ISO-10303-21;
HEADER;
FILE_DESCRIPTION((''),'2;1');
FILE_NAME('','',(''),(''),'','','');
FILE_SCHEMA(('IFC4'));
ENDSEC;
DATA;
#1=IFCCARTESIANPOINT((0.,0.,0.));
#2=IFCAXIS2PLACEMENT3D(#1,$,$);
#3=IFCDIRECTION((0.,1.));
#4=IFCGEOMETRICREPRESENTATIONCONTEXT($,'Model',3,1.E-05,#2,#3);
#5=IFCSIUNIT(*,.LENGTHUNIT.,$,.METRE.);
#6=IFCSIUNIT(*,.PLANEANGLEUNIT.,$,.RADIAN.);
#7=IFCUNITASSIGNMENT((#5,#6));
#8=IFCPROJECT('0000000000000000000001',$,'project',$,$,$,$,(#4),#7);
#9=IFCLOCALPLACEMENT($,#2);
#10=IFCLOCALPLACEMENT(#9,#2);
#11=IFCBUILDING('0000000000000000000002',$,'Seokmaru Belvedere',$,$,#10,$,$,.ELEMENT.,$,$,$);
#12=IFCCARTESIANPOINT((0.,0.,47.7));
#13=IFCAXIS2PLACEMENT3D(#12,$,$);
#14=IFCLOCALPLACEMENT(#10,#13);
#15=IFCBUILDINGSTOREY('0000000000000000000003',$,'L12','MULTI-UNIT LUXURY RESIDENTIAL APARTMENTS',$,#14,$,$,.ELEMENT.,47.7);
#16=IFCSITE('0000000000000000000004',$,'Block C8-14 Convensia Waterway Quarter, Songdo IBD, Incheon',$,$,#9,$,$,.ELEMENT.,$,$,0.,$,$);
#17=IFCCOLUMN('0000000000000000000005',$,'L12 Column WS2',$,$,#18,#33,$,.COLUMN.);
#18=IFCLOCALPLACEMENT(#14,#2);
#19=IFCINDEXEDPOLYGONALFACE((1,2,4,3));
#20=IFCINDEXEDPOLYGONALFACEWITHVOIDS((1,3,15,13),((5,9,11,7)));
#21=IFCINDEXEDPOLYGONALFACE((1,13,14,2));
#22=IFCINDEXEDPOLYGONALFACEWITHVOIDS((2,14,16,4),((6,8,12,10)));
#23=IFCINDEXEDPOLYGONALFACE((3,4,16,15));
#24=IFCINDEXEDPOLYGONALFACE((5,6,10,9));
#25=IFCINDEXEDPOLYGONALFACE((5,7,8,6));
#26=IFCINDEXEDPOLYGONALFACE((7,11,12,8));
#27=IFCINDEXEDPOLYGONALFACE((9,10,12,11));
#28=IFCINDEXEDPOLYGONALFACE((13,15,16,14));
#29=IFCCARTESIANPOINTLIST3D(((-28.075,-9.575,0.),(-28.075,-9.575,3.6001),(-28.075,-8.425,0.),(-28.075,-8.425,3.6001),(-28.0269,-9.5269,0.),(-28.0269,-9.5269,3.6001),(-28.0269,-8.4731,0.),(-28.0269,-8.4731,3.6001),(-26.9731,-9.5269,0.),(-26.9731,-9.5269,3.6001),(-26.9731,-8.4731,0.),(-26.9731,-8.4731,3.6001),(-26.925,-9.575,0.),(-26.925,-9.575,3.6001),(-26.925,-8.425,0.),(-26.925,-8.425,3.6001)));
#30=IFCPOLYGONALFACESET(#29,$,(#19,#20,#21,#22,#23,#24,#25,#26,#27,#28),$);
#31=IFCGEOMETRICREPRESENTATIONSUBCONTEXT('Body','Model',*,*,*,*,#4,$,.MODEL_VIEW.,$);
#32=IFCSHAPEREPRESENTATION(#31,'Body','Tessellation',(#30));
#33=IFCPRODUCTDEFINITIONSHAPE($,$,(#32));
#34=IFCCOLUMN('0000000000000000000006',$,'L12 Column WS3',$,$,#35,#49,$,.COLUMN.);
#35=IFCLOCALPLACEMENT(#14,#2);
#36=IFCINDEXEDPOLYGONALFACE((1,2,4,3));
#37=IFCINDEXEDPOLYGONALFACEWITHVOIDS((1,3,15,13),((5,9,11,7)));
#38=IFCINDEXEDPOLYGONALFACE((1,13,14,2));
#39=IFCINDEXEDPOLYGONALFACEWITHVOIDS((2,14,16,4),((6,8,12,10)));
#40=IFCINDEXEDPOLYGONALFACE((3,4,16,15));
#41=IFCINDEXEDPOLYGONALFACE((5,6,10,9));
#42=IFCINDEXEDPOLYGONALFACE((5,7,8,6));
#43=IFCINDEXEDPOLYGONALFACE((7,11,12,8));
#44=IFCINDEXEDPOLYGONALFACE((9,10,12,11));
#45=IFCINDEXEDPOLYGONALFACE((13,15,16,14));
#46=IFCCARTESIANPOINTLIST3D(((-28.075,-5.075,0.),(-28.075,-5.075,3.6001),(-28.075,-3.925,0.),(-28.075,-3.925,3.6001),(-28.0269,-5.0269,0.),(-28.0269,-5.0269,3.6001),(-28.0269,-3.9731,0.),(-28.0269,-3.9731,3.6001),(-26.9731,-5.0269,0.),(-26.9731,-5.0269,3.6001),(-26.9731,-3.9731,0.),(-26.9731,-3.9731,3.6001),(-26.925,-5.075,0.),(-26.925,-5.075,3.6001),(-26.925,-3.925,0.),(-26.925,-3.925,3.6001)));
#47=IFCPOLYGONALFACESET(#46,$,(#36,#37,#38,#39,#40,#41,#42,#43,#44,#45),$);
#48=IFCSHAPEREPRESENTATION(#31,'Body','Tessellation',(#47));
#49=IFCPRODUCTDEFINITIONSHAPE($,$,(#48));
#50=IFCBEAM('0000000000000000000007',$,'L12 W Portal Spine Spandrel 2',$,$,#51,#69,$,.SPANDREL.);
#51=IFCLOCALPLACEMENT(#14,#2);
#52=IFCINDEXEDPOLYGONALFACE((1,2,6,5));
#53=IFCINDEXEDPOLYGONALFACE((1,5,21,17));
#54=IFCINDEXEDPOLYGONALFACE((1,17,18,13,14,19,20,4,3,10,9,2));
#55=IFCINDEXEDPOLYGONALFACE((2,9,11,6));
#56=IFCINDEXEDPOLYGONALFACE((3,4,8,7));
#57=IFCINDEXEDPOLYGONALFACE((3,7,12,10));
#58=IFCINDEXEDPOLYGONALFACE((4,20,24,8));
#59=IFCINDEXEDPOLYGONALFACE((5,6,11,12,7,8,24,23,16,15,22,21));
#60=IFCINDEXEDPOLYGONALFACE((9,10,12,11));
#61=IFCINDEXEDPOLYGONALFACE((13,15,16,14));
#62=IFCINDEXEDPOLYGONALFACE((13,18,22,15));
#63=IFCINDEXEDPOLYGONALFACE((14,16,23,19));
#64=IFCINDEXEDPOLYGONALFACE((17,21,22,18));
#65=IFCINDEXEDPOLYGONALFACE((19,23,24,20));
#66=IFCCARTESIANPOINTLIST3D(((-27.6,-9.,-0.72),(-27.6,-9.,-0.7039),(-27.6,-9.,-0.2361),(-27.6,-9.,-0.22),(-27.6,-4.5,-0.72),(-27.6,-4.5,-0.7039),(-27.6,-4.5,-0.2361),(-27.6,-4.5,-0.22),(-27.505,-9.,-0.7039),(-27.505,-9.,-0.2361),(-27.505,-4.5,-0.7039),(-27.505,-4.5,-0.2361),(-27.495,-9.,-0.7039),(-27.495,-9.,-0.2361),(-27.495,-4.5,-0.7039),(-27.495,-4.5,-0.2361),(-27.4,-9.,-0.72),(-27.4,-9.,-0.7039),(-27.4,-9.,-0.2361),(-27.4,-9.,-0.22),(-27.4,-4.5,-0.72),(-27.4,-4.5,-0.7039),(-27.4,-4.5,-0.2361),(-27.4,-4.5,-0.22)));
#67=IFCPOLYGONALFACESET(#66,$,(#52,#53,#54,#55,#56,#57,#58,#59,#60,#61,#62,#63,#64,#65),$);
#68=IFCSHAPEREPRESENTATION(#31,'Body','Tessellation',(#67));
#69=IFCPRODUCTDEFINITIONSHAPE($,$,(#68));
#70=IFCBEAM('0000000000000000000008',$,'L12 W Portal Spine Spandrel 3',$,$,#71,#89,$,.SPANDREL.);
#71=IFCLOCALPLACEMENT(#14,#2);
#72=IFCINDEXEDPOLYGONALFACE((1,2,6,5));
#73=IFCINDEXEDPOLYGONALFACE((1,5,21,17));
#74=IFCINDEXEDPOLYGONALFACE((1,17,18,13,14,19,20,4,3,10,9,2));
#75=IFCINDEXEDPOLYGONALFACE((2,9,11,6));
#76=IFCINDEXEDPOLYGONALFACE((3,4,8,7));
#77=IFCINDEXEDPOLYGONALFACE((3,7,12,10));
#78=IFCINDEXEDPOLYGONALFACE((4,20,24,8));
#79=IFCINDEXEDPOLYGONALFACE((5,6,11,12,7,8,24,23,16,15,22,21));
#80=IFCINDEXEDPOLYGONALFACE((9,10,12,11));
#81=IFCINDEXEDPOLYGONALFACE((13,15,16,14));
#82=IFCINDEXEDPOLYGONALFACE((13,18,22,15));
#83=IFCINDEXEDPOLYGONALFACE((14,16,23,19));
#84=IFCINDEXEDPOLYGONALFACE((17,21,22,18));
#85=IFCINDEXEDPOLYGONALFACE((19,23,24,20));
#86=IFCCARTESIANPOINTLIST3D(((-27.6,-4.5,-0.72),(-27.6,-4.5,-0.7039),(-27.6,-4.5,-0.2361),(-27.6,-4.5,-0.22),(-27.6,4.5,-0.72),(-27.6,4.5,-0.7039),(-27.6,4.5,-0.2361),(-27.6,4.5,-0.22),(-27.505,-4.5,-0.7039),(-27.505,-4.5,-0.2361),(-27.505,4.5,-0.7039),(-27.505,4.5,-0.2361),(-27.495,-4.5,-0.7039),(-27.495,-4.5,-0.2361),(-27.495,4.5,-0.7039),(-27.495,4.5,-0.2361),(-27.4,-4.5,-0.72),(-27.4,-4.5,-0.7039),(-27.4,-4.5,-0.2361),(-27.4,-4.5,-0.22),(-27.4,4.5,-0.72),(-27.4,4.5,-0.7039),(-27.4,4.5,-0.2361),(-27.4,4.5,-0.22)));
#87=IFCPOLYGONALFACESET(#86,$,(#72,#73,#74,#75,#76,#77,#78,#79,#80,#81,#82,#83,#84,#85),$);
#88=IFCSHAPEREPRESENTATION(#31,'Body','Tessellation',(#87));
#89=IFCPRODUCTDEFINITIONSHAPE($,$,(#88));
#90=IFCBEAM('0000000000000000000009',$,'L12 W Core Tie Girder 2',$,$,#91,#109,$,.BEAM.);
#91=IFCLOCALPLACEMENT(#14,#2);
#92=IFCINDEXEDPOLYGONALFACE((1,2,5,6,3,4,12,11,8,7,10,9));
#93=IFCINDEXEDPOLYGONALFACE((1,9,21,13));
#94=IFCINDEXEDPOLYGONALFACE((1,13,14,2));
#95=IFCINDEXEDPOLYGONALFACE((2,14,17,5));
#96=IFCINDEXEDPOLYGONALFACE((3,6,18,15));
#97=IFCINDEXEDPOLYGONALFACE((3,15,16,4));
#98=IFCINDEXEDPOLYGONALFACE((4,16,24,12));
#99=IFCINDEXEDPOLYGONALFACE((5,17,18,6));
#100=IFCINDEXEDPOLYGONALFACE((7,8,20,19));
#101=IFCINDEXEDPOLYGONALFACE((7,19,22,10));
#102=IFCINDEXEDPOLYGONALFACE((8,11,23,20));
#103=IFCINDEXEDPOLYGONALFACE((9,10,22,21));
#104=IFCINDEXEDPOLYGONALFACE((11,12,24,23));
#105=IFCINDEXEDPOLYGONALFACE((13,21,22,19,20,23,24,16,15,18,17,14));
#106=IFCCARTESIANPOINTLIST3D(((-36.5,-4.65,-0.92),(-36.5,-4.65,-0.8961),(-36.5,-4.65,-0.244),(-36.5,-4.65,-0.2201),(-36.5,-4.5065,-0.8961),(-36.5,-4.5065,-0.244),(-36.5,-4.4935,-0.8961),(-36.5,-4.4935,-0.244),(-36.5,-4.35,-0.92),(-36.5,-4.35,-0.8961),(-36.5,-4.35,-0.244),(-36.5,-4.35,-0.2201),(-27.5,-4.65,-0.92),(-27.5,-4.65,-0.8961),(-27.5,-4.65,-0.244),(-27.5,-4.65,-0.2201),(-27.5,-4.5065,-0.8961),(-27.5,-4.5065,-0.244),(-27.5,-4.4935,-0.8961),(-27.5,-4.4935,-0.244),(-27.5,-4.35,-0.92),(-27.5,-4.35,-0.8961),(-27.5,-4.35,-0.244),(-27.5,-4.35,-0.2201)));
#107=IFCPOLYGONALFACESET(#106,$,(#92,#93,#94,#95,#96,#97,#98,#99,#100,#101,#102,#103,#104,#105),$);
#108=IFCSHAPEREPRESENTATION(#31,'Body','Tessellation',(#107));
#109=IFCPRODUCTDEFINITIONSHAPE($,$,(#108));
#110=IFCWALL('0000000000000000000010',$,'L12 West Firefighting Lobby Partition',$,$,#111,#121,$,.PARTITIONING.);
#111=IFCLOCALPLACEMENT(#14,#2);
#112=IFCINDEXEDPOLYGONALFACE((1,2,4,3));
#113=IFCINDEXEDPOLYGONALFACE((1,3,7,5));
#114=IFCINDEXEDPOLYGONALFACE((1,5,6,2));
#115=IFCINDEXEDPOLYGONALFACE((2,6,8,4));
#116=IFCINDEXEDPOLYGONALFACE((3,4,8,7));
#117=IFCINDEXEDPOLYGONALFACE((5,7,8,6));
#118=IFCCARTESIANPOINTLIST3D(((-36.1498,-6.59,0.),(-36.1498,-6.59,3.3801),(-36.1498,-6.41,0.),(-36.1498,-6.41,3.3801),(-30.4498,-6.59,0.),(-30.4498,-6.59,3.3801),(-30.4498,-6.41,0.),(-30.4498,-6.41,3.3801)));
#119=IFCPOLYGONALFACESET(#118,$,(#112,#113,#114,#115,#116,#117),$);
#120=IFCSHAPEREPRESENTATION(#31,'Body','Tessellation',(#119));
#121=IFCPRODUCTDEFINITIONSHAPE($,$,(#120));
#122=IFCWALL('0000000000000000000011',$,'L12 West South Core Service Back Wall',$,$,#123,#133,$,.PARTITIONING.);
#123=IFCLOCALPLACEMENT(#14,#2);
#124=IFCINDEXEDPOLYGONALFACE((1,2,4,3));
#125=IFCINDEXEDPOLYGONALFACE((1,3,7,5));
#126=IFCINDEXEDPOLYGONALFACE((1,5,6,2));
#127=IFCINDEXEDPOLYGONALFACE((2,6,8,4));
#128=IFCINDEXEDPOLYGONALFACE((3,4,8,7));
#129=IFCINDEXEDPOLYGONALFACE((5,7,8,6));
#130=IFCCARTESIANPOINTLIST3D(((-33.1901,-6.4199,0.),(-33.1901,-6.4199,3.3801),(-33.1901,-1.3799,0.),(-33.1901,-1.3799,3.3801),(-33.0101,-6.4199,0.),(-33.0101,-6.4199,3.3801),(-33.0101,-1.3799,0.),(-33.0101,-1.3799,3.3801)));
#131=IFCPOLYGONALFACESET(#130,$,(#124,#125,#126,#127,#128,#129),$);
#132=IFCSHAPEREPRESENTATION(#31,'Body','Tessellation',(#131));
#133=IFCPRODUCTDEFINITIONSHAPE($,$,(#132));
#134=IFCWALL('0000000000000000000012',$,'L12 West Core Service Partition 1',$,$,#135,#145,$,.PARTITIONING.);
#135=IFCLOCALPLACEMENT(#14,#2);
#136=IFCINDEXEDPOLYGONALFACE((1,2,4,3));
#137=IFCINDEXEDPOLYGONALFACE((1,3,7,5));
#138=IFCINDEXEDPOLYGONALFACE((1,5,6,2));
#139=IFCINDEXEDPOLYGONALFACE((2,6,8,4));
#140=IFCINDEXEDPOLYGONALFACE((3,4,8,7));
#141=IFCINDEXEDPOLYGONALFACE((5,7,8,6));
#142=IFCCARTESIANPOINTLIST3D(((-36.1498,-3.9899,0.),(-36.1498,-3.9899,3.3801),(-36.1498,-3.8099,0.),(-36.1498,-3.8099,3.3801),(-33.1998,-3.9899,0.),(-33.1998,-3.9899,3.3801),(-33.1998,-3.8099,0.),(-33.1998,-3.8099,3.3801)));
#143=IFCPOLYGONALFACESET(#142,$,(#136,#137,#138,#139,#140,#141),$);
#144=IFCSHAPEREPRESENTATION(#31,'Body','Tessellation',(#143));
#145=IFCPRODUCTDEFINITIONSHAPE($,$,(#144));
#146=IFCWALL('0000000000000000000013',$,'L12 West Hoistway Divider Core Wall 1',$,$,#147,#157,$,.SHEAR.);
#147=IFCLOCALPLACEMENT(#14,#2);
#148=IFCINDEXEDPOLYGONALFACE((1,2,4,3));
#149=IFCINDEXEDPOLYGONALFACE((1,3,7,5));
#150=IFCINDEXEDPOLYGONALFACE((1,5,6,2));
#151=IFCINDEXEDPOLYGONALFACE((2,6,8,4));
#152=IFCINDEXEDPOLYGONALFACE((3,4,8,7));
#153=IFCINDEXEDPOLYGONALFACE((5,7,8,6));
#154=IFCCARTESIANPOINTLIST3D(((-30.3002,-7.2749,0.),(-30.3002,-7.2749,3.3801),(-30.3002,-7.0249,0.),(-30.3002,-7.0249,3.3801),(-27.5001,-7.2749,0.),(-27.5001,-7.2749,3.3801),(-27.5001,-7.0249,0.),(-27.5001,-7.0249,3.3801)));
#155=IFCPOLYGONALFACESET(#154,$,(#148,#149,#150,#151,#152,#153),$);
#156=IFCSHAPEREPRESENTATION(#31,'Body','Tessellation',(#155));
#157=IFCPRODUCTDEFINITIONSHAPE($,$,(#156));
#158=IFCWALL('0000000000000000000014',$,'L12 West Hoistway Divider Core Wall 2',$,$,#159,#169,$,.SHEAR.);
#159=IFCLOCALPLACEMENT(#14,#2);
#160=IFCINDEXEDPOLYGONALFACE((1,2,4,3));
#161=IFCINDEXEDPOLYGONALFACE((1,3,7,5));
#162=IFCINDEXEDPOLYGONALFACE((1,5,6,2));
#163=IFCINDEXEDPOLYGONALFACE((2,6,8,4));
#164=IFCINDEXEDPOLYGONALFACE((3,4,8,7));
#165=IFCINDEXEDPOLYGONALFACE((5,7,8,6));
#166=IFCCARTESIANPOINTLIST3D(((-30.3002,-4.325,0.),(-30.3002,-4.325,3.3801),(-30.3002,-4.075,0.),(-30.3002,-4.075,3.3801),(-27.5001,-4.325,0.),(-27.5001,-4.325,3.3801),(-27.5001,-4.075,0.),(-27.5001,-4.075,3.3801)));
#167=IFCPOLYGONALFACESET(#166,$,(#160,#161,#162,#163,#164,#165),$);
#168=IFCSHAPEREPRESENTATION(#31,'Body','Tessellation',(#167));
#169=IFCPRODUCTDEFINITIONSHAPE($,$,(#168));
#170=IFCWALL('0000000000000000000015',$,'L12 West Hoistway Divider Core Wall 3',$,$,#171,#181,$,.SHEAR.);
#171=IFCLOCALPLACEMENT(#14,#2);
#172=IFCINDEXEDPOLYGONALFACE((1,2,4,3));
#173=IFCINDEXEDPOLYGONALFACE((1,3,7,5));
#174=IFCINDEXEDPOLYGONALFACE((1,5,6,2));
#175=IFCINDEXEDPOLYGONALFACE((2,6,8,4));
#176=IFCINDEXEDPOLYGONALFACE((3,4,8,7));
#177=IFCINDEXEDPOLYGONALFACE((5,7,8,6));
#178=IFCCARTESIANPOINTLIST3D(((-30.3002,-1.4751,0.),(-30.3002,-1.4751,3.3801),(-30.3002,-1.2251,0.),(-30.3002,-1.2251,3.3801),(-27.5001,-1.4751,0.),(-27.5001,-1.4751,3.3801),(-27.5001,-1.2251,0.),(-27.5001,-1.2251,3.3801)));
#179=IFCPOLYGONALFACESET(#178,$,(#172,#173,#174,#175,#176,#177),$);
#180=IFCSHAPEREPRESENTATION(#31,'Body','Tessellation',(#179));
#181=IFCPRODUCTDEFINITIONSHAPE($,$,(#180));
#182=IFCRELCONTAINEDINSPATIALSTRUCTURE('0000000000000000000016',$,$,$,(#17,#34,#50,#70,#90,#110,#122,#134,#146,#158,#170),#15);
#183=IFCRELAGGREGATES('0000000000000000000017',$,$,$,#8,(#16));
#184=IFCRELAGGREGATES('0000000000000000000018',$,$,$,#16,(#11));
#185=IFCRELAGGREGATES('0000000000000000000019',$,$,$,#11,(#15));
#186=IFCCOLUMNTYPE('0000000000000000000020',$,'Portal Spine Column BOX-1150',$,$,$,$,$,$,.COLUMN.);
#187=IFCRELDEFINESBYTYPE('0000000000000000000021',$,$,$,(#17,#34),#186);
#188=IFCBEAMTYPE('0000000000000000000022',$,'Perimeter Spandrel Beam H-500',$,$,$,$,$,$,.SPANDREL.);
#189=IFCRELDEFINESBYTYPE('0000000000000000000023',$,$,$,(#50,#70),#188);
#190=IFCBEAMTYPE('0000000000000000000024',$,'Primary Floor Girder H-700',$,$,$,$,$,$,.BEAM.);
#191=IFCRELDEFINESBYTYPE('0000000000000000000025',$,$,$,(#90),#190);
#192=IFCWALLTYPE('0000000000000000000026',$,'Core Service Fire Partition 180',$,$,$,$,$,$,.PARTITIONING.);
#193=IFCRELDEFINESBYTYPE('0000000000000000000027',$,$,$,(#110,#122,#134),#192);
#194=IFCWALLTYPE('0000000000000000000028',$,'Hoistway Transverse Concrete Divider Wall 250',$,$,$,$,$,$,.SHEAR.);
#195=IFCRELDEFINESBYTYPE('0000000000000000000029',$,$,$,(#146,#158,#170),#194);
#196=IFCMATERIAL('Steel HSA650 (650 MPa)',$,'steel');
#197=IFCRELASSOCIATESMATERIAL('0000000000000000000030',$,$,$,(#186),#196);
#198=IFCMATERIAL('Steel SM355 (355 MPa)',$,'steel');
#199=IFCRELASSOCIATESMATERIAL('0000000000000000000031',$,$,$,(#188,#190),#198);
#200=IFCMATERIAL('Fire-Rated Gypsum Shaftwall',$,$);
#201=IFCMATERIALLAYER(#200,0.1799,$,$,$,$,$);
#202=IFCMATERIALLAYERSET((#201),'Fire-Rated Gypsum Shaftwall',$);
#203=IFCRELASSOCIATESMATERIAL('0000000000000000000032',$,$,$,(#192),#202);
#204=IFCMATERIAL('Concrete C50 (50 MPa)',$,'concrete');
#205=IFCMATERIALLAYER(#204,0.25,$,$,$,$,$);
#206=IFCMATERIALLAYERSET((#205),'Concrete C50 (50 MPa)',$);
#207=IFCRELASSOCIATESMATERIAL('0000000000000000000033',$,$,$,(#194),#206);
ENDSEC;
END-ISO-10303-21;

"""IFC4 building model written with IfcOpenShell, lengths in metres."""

from ifc_helpers import new_model, si_unit, direction, frame, frame_2d, origin, origin_2d, place, context, subcontext, project, spatial, rectangle, hollow_rectangle, i_section, extrude, source, transform, mapped, material, layer, layer_set, material_profile, profile_set, type_object, type_shapes, element, save


model = new_model("IFC4")

# Units and contexts
model_context = context("Model", 3, precision=1e-05, world=origin(), true_north=direction((0.0, 1.0)))
body_context = subcontext(model_context, "Body", "Model", "MODEL_VIEW")
ifc_project = project(units=[si_unit("LENGTHUNIT", "METRE"), si_unit("PLANEANGLEUNIT", "RADIAN")], contexts=[model_context])

# Site, building, storey
site_placement = place(None, origin())
site = spatial("IfcSite", under=ifc_project, at=site_placement, Name="Block C8-14 Convensia Waterway Quarter, Songdo IBD, Incheon", CompositionType="ELEMENT", RefElevation=0.0)
building_placement = place(site_placement, origin())
building = spatial("IfcBuilding", under=site, at=building_placement, Name="Seokmaru Belvedere", CompositionType="ELEMENT")
storey_placement = place(building_placement, frame((0.0, 0.0, 47.7)))
storey = spatial("IfcBuildingStorey", under=building, at=storey_placement, Name="L12", Description="MULTI-UNIT LUXURY RESIDENTIAL APARTMENTS", CompositionType="ELEMENT", Elevation=47.7)

# Columns
ifc_material_1 = material(Name="Steel HSA650 (650 MPa)", Category="steel")
ifc_material_profile_1 = material_profile(ifc_material_1, hollow_rectangle(XDim=1.1499, YDim=1.1499, WallThickness=0.0481, at=origin_2d()), Name="BOX-1150x1150x48")
ifc_profile_set_1 = profile_set([ifc_material_profile_1], Name="Steel HSA650 (650 MPa)")
column_type = type_object("IfcColumnType", Name="Portal Spine Column BOX-1150", PredefinedType="COLUMN", material=ifc_profile_set_1)
shared_shape_1 = source(origin(), body_context, "Body", "SweptSolid", [
    extrude(hollow_rectangle(XDim=1.1499, YDim=1.1499, WallThickness=0.0481, at=origin_2d()), origin(), (0.0, 0.0, 1.0), 3.6001),
])
type_shapes(column_type, [shared_shape_1])
for number, where, z_axis, x_axis, name in (
    (1, (-27.5, -9.0, 0.0), (0.0, 0.0, 1.0), (1.0, 0.0, 0.0), "L12 Column WS2"),
    (2, (-27.5, -4.5, 0.0), (0.0, 0.0, 1.0), (1.0, 0.0, 0.0), "L12 Column WS3"),
):
    element("IfcColumn", number, at=place(storey_placement, frame(where, z_axis=z_axis, x_axis=x_axis)), inside=storey, type_object=column_type, Name=name, PredefinedType="COLUMN", context=body_context, shape_type="MappedRepresentation", body=[
        mapped(shared_shape_1, transform((0.0, 0.0, 0.0), scale=1.0)),
    ])

# Beams
ifc_material_2 = material(Name="Steel SM355 (355 MPa)", Category="steel")
ifc_material_profile_2 = material_profile(ifc_material_2, i_section(OverallWidth=0.2, OverallDepth=0.5, WebThickness=0.01, FlangeThickness=0.0161, at=origin_2d()), Name="H-500x200x10x16")
ifc_profile_set_2 = profile_set([ifc_material_profile_2], Name="Steel SM355 (355 MPa)")
beam_type_1 = type_object("IfcBeamType", Name="Perimeter Spandrel Beam H-500", PredefinedType="SPANDREL", material=ifc_profile_set_2)
shared_shape_2 = source(origin(), body_context, "Body", "SweptSolid", [
    extrude(i_section(OverallWidth=0.2, OverallDepth=0.5, WebThickness=0.01, FlangeThickness=0.0161, at=origin_2d()), origin(), (0.0, 0.0, 1.0), 4.5),
])
beam_1_placement = place(storey_placement, frame((-27.5, -9.0, -0.47), z_axis=(0.0, 1.0, 0.0), x_axis=(-1.0, 0.0, 0.0)))
element("IfcBeam", 3, at=beam_1_placement, inside=storey, type_object=beam_type_1, Name="L12 W Portal Spine Spandrel 2", PredefinedType="SPANDREL", context=body_context, shape_type="MappedRepresentation", body=[
    mapped(shared_shape_2, transform((0.0, 0.0, 0.0), scale=1.0)),
])
shared_shape_3 = source(origin(), body_context, "Body", "SweptSolid", [
    extrude(i_section(OverallWidth=0.2, OverallDepth=0.5, WebThickness=0.01, FlangeThickness=0.0161, at=origin_2d()), origin(), (0.0, 0.0, 1.0), 9.0),
])
type_shapes(beam_type_1, [shared_shape_2, shared_shape_3])
beam_2_placement = place(storey_placement, frame((-27.5, -4.5, -0.47), z_axis=(0.0, 1.0, 0.0), x_axis=(-1.0, 0.0, 0.0)))
element("IfcBeam", 4, at=beam_2_placement, inside=storey, type_object=beam_type_1, Name="L12 W Portal Spine Spandrel 3", PredefinedType="SPANDREL", context=body_context, shape_type="MappedRepresentation", body=[
    mapped(shared_shape_3, transform((0.0, 0.0, 0.0), scale=1.0)),
])
ifc_material_profile_3 = material_profile(ifc_material_2, i_section(OverallWidth=0.3, OverallDepth=0.7, WebThickness=0.0129, FlangeThickness=0.0239, at=origin_2d()), Name="H-700x300x13x24")
ifc_profile_set_3 = profile_set([ifc_material_profile_3], Name="Steel SM355 (355 MPa)")
beam_type_2 = type_object("IfcBeamType", Name="Primary Floor Girder H-700", PredefinedType="BEAM", material=ifc_profile_set_3)
shared_shape_4 = source(origin(), body_context, "Body", "SweptSolid", [
    extrude(i_section(OverallWidth=0.3, OverallDepth=0.7, WebThickness=0.0129, FlangeThickness=0.0239, at=origin_2d()), origin(), (0.0, 0.0, 1.0), 9.0),
])
type_shapes(beam_type_2, [shared_shape_4])
beam_3_placement = place(storey_placement, frame((-36.5, -4.5, -0.5701), z_axis=(1.0, 0.0, 0.0), x_axis=(0.0, 1.0, 0.0)))
element("IfcBeam", 5, at=beam_3_placement, inside=storey, type_object=beam_type_2, Name="L12 W Core Tie Girder 2", PredefinedType="BEAM", context=body_context, shape_type="MappedRepresentation", body=[
    mapped(shared_shape_4, transform((0.0, 0.0, 0.0), scale=1.0)),
])

# Walls
ifc_material_3 = material(Name="Fire-Rated Gypsum Shaftwall")
ifc_layer_1 = layer(ifc_material_3, 0.1799)
ifc_layer_set_1 = layer_set([ifc_layer_1], Name="Fire-Rated Gypsum Shaftwall")
wall_type_1 = type_object("IfcWallType", Name="Core Service Fire Partition 180", PredefinedType="PARTITIONING", material=ifc_layer_set_1)
wall_1_placement = place(storey_placement, frame((-36.1499, -6.5, 0.0), z_axis=(0.0, 0.0, 1.0), x_axis=(1.0, 0.0, 0.0)))
element("IfcWall", 6, at=wall_1_placement, inside=storey, type_object=wall_type_1, Name="L12 West Firefighting Lobby Partition", PredefinedType="PARTITIONING", context=body_context, shape_type="SweptSolid", body=[
    extrude(rectangle(XDim=5.7, YDim=0.1799, at=frame_2d((2.8501, 0.0))), origin(), (0.0, 0.0, 1.0), 3.3801),
])
wall_2_placement = place(storey_placement, frame((-33.1001, -6.4199, 0.0), z_axis=(0.0, 0.0, 1.0), x_axis=(0.0, 1.0, 0.0)))
element("IfcWall", 7, at=wall_2_placement, inside=storey, type_object=wall_type_1, Name="L12 West South Core Service Back Wall", PredefinedType="PARTITIONING", context=body_context, shape_type="SweptSolid", body=[
    extrude(rectangle(XDim=5.04, YDim=0.1799, at=frame_2d((2.52, 0.0))), origin(), (0.0, 0.0, 1.0), 3.3801),
])
wall_3_placement = place(storey_placement, frame((-36.1499, -3.8999, 0.0), z_axis=(0.0, 0.0, 1.0), x_axis=(1.0, 0.0, 0.0)))
element("IfcWall", 8, at=wall_3_placement, inside=storey, type_object=wall_type_1, Name="L12 West Core Service Partition 1", PredefinedType="PARTITIONING", context=body_context, shape_type="SweptSolid", body=[
    extrude(rectangle(XDim=2.95, YDim=0.1799, at=frame_2d((1.4751, 0.0))), origin(), (0.0, 0.0, 1.0), 3.3801),
])
ifc_material_4 = material(Name="Concrete C50 (50 MPa)", Category="concrete")
ifc_layer_2 = layer(ifc_material_4, 0.25)
ifc_layer_set_2 = layer_set([ifc_layer_2], Name="Concrete C50 (50 MPa)")
wall_type_2 = type_object("IfcWallType", Name="Hoistway Transverse Concrete Divider Wall 250", PredefinedType="SHEAR", material=ifc_layer_set_2)
for number, where, z_axis, x_axis, name in (
    (9, (-30.3, -7.1499, 0.0), (0.0, 0.0, 1.0), (1.0, 0.0, 0.0), "L12 West Hoistway Divider Core Wall 1"),
    (10, (-30.3, -4.2, 0.0), (0.0, 0.0, 1.0), (1.0, 0.0, 0.0), "L12 West Hoistway Divider Core Wall 2"),
    (11, (-30.3, -1.3501, 0.0), (0.0, 0.0, 1.0), (1.0, 0.0, 0.0), "L12 West Hoistway Divider Core Wall 3"),
):
    element("IfcWall", number, at=place(storey_placement, frame(where, z_axis=z_axis, x_axis=x_axis)), inside=storey, type_object=wall_type_2, Name=name, PredefinedType="SHEAR", context=body_context, shape_type="SweptSolid", body=[
        extrude(rectangle(XDim=2.8, YDim=0.25, at=frame_2d((1.3999, 0.0))), origin(), (0.0, 0.0, 1.0), 3.3801),
    ])

save(model, "model.ifc")
